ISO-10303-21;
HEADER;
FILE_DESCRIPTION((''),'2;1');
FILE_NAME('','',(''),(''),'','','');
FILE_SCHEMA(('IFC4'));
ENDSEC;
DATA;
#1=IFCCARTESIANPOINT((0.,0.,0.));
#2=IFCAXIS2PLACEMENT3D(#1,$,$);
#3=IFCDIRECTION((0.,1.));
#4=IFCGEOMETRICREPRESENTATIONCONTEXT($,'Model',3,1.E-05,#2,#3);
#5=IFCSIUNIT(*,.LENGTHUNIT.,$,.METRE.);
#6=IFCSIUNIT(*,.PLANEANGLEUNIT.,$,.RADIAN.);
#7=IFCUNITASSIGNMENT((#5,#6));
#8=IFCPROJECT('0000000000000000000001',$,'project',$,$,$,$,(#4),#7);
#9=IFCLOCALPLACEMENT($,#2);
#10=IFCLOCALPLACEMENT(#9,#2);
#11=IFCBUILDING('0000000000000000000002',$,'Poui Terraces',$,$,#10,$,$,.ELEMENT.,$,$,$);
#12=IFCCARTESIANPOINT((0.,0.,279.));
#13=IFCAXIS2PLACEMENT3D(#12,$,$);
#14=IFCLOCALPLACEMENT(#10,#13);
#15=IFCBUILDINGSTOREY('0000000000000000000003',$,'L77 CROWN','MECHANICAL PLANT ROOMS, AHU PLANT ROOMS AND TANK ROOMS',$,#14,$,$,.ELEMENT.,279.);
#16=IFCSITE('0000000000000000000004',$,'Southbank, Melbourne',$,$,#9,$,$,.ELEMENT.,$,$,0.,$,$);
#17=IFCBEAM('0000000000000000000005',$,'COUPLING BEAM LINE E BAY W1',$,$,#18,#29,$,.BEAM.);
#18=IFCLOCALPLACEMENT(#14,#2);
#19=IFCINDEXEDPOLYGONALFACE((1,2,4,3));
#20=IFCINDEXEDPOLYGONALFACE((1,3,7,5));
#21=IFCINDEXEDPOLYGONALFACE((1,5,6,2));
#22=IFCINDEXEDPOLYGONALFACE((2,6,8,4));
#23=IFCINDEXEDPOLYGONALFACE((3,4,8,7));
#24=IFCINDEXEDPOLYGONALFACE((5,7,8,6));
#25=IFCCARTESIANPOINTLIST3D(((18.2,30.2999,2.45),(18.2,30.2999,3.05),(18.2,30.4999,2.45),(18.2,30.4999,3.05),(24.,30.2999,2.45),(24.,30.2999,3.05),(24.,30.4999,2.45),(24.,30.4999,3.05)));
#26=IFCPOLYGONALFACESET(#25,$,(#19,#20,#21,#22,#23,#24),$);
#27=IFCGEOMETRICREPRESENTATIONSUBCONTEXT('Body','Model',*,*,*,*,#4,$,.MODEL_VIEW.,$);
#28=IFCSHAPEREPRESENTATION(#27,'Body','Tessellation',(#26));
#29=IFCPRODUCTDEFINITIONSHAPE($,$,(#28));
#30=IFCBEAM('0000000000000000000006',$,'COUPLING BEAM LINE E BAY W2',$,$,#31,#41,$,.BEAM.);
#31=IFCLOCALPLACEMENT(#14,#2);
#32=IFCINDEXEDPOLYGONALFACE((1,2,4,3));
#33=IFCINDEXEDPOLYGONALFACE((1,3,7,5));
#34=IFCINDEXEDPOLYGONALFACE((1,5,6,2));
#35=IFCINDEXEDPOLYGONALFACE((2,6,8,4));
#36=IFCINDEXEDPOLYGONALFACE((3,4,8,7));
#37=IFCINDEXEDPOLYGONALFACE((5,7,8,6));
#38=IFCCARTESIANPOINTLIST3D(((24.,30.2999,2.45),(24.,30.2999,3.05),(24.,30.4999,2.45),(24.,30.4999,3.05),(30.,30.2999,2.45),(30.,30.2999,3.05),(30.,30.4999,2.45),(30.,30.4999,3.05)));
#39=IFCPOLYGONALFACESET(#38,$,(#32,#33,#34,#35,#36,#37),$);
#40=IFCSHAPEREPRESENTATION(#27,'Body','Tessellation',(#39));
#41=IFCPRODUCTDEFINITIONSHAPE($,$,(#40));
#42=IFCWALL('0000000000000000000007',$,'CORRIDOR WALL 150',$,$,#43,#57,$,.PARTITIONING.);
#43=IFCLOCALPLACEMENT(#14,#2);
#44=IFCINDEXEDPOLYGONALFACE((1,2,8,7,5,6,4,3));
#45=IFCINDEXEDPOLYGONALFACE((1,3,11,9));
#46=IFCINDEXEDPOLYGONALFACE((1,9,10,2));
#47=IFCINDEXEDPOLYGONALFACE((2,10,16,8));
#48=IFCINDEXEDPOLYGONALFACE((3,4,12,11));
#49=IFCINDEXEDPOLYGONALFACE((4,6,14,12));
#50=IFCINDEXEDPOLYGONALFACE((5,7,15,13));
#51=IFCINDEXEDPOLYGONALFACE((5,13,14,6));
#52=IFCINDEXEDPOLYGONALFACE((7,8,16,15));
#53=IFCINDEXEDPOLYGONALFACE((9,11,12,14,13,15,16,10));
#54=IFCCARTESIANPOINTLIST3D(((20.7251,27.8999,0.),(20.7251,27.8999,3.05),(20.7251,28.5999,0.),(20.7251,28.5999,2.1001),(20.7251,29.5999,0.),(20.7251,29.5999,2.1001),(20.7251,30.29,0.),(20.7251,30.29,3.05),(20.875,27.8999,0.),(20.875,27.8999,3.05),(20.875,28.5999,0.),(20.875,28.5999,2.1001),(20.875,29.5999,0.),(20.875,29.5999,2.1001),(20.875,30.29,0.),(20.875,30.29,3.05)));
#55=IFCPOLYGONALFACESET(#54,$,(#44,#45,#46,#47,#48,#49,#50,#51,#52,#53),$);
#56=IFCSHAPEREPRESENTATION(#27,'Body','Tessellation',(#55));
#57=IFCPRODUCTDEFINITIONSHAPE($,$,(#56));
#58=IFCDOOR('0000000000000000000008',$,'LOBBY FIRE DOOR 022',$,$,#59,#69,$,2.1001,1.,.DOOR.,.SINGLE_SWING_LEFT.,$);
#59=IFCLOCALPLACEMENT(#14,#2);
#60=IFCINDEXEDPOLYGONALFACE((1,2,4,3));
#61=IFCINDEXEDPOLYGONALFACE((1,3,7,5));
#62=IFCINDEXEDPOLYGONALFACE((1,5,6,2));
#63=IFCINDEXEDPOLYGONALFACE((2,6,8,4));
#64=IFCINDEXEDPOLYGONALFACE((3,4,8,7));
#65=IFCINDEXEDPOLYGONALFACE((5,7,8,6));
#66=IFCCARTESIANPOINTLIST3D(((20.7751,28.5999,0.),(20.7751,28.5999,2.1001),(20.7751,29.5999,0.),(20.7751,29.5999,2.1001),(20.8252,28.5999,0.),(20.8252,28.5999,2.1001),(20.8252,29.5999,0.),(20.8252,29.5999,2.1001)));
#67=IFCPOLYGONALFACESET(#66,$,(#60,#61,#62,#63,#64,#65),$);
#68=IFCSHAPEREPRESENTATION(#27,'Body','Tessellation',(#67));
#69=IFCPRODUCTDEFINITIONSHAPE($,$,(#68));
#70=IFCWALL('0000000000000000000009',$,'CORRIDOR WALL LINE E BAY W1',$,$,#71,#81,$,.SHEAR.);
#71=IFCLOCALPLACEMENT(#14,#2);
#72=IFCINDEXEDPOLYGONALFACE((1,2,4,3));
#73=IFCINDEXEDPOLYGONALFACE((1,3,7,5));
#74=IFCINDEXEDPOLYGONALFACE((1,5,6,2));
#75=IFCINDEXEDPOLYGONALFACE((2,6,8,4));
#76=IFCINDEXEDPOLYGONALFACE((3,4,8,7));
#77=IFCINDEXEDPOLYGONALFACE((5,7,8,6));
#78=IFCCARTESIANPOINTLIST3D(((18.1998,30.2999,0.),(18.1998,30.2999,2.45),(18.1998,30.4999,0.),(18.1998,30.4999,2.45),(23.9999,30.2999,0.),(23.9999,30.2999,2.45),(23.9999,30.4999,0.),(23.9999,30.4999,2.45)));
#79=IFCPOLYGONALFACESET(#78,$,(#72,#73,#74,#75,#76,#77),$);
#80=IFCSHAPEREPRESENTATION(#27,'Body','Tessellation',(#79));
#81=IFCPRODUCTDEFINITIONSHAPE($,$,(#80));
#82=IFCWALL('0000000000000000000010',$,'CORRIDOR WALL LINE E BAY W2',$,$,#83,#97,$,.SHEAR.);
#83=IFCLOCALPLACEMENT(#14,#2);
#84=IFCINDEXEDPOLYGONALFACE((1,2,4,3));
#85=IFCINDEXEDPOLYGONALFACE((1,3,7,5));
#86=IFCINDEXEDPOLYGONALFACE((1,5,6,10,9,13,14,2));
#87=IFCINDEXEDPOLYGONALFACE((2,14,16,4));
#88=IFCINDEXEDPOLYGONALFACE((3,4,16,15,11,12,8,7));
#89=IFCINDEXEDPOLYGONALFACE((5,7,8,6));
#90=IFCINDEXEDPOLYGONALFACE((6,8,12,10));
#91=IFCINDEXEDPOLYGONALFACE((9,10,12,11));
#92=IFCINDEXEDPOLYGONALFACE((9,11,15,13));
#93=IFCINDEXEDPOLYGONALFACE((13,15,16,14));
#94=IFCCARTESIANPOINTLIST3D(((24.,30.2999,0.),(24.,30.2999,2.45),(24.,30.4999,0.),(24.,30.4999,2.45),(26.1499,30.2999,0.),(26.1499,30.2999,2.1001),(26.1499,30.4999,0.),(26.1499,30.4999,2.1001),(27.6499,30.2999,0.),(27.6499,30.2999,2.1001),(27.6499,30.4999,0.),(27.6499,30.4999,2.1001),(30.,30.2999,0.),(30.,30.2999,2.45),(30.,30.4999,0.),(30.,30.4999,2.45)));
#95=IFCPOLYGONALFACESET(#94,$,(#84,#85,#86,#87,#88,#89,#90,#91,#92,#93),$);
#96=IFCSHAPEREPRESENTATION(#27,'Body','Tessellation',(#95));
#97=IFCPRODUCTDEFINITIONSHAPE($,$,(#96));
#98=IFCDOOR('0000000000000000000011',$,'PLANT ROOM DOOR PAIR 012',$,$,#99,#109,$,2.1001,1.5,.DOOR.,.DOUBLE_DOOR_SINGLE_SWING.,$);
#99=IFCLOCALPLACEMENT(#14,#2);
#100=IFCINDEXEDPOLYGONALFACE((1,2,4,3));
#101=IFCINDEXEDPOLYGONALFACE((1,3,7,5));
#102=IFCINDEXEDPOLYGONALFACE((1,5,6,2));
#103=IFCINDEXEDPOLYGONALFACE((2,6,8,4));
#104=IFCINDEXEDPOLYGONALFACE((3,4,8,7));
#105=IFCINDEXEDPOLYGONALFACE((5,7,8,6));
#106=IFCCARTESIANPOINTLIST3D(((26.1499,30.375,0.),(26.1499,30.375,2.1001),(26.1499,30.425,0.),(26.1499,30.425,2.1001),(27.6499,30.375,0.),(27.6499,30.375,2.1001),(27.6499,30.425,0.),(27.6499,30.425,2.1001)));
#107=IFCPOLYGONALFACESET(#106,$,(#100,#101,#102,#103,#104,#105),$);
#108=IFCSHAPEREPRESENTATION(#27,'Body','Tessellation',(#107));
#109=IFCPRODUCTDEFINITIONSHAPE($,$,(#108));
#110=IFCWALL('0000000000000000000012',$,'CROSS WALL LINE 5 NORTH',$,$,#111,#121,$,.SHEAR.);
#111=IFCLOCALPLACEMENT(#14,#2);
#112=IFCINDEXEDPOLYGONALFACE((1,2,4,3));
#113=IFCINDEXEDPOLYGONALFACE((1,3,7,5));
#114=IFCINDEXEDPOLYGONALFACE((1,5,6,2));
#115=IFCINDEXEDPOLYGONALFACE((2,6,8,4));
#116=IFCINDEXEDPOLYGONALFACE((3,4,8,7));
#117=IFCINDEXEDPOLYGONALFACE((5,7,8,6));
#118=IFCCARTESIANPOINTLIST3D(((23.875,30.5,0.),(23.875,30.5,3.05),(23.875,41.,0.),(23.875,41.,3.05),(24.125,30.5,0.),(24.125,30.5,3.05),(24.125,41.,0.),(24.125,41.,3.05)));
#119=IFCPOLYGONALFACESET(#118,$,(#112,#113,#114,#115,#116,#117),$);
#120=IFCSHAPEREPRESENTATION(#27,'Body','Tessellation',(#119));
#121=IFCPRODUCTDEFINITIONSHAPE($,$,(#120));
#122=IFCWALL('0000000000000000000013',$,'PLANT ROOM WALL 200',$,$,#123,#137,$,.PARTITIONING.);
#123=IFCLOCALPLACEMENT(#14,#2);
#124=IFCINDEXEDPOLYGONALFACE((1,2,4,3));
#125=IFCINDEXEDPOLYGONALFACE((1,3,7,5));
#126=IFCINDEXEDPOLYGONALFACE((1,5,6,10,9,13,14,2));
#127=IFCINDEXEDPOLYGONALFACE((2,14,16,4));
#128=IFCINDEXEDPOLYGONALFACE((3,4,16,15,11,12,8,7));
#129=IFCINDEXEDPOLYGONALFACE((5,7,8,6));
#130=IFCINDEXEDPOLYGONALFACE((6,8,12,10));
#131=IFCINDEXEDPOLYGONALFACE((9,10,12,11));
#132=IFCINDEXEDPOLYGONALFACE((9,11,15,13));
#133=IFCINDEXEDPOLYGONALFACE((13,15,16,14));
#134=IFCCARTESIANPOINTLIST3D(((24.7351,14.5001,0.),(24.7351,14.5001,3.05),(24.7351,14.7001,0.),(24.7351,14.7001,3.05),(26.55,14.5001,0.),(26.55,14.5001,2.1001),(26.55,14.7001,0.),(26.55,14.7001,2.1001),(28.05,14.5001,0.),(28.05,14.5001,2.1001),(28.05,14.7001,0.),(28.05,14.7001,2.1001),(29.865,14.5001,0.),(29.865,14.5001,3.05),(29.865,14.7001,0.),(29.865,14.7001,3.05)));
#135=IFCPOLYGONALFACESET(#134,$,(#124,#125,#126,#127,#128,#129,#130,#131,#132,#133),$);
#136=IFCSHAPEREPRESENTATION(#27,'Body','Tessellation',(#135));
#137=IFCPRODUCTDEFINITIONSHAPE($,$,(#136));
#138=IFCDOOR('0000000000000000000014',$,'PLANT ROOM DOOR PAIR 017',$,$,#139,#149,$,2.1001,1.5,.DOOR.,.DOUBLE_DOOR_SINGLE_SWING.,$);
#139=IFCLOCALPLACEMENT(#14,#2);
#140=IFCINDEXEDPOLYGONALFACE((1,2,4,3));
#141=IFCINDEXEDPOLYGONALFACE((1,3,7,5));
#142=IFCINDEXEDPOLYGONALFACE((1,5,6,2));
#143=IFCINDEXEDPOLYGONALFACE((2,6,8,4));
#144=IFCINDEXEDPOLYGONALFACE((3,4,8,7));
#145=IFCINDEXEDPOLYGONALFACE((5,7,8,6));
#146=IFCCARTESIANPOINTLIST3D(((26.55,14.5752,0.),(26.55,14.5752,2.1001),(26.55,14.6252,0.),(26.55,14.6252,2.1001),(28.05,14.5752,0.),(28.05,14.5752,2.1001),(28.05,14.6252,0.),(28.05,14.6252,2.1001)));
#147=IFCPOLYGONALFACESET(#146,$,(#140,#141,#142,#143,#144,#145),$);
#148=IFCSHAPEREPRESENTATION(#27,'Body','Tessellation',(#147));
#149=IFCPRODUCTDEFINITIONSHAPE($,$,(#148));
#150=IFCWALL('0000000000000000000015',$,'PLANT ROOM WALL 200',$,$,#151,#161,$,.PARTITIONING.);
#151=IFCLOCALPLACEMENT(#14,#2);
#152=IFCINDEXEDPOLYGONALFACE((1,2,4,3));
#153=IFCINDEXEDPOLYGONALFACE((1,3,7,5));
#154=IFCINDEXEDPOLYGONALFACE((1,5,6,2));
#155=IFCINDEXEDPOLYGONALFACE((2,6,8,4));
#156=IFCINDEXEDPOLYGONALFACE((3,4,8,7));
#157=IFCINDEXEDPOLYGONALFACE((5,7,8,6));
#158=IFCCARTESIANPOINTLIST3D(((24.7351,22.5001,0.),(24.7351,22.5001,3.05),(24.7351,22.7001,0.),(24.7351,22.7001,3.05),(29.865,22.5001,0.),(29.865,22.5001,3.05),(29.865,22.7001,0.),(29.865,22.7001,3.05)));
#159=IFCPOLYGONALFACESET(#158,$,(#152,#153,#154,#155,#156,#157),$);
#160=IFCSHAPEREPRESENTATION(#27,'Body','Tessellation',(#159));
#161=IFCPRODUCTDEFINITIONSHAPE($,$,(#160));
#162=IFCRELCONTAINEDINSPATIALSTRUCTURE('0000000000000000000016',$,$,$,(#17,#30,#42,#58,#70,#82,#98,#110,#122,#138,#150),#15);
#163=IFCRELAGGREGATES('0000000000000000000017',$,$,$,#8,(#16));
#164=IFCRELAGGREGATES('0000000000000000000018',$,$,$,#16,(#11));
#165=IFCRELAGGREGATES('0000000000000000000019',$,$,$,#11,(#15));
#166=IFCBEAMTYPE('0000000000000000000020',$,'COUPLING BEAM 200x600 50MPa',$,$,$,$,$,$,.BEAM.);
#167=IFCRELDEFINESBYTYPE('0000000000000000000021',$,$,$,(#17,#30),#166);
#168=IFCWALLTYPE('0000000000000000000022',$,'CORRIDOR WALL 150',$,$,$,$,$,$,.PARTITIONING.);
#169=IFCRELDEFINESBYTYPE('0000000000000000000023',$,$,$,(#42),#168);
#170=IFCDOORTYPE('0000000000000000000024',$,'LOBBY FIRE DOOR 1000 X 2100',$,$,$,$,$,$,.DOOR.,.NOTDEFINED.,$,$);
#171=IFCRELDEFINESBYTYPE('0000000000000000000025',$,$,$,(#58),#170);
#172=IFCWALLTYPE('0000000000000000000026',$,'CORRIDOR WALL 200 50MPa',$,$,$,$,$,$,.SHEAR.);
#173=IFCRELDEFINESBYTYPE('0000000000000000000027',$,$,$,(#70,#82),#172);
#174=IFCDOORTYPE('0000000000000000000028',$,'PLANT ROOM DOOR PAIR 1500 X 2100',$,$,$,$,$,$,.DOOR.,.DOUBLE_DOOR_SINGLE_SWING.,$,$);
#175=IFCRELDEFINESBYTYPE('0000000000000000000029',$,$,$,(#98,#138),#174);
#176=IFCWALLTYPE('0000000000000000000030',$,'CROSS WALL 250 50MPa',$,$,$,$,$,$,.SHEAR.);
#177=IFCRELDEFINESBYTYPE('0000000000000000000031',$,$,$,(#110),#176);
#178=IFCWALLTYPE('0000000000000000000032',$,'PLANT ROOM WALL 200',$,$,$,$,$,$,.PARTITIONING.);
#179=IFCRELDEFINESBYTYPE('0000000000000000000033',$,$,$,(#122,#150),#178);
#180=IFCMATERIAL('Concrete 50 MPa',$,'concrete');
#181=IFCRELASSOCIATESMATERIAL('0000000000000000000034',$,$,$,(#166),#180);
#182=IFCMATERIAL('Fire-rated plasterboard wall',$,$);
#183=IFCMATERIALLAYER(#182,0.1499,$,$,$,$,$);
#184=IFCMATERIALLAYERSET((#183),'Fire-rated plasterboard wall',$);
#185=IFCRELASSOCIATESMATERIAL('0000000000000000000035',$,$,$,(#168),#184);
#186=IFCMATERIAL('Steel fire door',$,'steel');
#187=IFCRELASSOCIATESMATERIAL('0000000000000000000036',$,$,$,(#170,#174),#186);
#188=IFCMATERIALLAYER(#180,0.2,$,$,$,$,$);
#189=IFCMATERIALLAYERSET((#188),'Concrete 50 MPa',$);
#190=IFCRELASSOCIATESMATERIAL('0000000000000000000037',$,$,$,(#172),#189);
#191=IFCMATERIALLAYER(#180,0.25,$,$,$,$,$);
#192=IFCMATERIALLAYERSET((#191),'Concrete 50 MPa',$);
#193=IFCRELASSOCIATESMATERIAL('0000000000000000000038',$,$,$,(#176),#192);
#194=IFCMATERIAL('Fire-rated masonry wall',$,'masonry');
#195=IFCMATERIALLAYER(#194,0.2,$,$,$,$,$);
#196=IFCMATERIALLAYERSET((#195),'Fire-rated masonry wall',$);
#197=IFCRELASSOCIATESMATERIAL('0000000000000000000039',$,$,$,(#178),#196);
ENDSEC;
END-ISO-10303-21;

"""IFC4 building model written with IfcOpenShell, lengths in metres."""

from ifc_helpers import new_model, si_unit, direction, frame, frame_2d, origin, origin_2d, place, context, subcontext, project, spatial, rectangle, extrude, source, transform, mapped, material, layer, layer_set, material_profile, profile_set, type_object, element, fill, save


model = new_model("IFC4")

# Units and contexts
model_context = context("Model", 3, precision=1e-05, world=origin(), true_north=direction((0.0, 1.0)))
body_context = subcontext(model_context, "Body", "Model", "MODEL_VIEW")
ifc_project = project(units=[si_unit("LENGTHUNIT", "METRE"), si_unit("PLANEANGLEUNIT", "RADIAN")], contexts=[model_context])

# Site, building, storey
site_placement = place(None, origin())
site = spatial("IfcSite", under=ifc_project, at=site_placement, Name="Southbank, Melbourne", CompositionType="ELEMENT", RefElevation=0.0)
building_placement = place(site_placement, origin())
building = spatial("IfcBuilding", under=site, at=building_placement, Name="Poui Terraces", CompositionType="ELEMENT")
storey_placement = place(building_placement, frame((0.0, 0.0, 279.0)))
storey = spatial("IfcBuildingStorey", under=building, at=storey_placement, Name="L77 CROWN", Description="MECHANICAL PLANT ROOMS, AHU PLANT ROOMS AND TANK ROOMS", CompositionType="ELEMENT", Elevation=279.0)

# Beams
ifc_material_1 = material(Name="Concrete 50 MPa", Category="concrete")
ifc_material_profile_1 = material_profile(ifc_material_1, rectangle(XDim=0.2, YDim=0.6001, at=origin_2d()), Name="RC 200x600")
ifc_profile_set_1 = profile_set([ifc_material_profile_1], Name="Concrete 50 MPa")
beam_type = type_object("IfcBeamType", Name="COUPLING BEAM 200x600 50MPa", PredefinedType="BEAM", material=ifc_profile_set_1)
shared_shape_1 = source(origin(), body_context, "Body", "SweptSolid", [
    extrude(rectangle(XDim=0.2, YDim=0.6001, at=origin_2d()), origin(), (0.0, 0.0, 1.0), 5.8),
])
beam_1_placement = place(storey_placement, frame((18.2, 30.3999, 2.75), z_axis=(1.0, 0.0, 0.0), x_axis=(0.0, 1.0, 0.0)))
element("IfcBeam", 1, at=beam_1_placement, inside=storey, type_object=beam_type, Name="COUPLING BEAM LINE E BAY W1", PredefinedType="BEAM", context=body_context, shape_type="MappedRepresentation", body=[
    mapped(shared_shape_1, transform((0.0, 0.0, 0.0))),
])
shared_shape_2 = source(origin(), body_context, "Body", "SweptSolid", [
    extrude(rectangle(XDim=0.2, YDim=0.6001, at=origin_2d()), origin(), (0.0, 0.0, 1.0), 6.0),
])
beam_2_placement = place(storey_placement, frame((24.0, 30.3999, 2.75), z_axis=(1.0, 0.0, 0.0), x_axis=(0.0, 1.0, 0.0)))
element("IfcBeam", 2, at=beam_2_placement, inside=storey, type_object=beam_type, Name="COUPLING BEAM LINE E BAY W2", PredefinedType="BEAM", context=body_context, shape_type="MappedRepresentation", body=[
    mapped(shared_shape_2, transform((0.0, 0.0, 0.0))),
])

# Wall, opening, door
ifc_material_2 = material(Name="Fire-rated plasterboard wall")
ifc_layer_1 = layer(ifc_material_2, 0.1499)
ifc_layer_set_1 = layer_set([ifc_layer_1], Name="Fire-rated plasterboard wall")
wall_type_1 = type_object("IfcWallType", Name="CORRIDOR WALL 150", PredefinedType="PARTITIONING", material=ifc_layer_set_1)
wall_1_placement = place(storey_placement, frame((20.8, 27.8999, 0.0), z_axis=(0.0, 0.0, 1.0), x_axis=(0.0, 1.0, 0.0)))
wall_1 = element("IfcWall", 3, at=wall_1_placement, inside=storey, type_object=wall_type_1, Name="CORRIDOR WALL 150", PredefinedType="PARTITIONING", context=body_context, shape_type="SweptSolid", body=[
    extrude(rectangle(XDim=2.3901, YDim=0.1499, at=frame_2d((1.1951, 0.0))), origin(), (0.0, 0.0, 1.0), 3.05),
])
opening_1_placement = place(wall_1_placement, frame((0.7, 0.0, 0.0)))
opening_1 = element("IfcOpeningElement", 4, at=opening_1_placement, cuts=wall_1, PredefinedType="OPENING", context=body_context, shape_type="SweptSolid", body=[
    extrude(rectangle(XDim=1.0, YDim=2.1001, at=frame_2d((0.5, 1.05))), frame((0.0, 0.085, 0.0), z_axis=(0.0, -1.0, 0.0), x_axis=(1.0, 0.0, 0.0)), (0.0, 0.0, 1.0), 0.1699),
])
ifc_material_3 = material(Name="Steel fire door", Category="steel")
door_type_1 = type_object("IfcDoorType", Name="LOBBY FIRE DOOR 1000 X 2100", OperationType="NOTDEFINED", PredefinedType="DOOR", material=ifc_material_3)
door_1_placement = place(opening_1_placement, origin())
door_1 = element("IfcDoor", 5, at=door_1_placement, inside=storey, type_object=door_type_1, Name="LOBBY FIRE DOOR 022", OperationType="SINGLE_SWING_LEFT", OverallHeight=2.1001, OverallWidth=1.0, PredefinedType="DOOR", context=body_context, shape_type="SweptSolid", body=[
    extrude(rectangle(XDim=1.0, YDim=2.1001, at=frame_2d((0.5, 1.05))), frame((0.0, 0.0249, 0.0), z_axis=(0.0, -1.0, 0.0), x_axis=(1.0, 0.0, 0.0)), (0.0, 0.0, 1.0), 0.05),
])
fill(opening_1, door_1)

# Wall
ifc_layer_2 = layer(ifc_material_1, 0.2)
ifc_layer_set_2 = layer_set([ifc_layer_2], Name="Concrete 50 MPa")
wall_type_2 = type_object("IfcWallType", Name="CORRIDOR WALL 200 50MPa", PredefinedType="SHEAR", material=ifc_layer_set_2)
wall_2_placement = place(storey_placement, frame((18.2, 30.3999, 0.0), z_axis=(0.0, 0.0, 1.0), x_axis=(1.0, 0.0, 0.0)))
element("IfcWall", 6, at=wall_2_placement, inside=storey, type_object=wall_type_2, Name="CORRIDOR WALL LINE E BAY W1", PredefinedType="SHEAR", context=body_context, shape_type="SweptSolid", body=[
    extrude(rectangle(XDim=5.8, YDim=0.2, at=frame_2d((2.8999, 0.0))), origin(), (0.0, 0.0, 1.0), 2.45),
])

# Wall, opening, door
wall_3_placement = place(storey_placement, frame((24.0, 30.3999, 0.0), z_axis=(0.0, 0.0, 1.0), x_axis=(1.0, 0.0, 0.0)))
wall_3 = element("IfcWall", 7, at=wall_3_placement, inside=storey, type_object=wall_type_2, Name="CORRIDOR WALL LINE E BAY W2", PredefinedType="SHEAR", context=body_context, shape_type="SweptSolid", body=[
    extrude(rectangle(XDim=6.0, YDim=0.2, at=frame_2d((3.0, 0.0))), origin(), (0.0, 0.0, 1.0), 2.45),
])
opening_2_placement = place(wall_3_placement, frame((2.1499, 0.0, 0.0)))
opening_2 = element("IfcOpeningElement", 8, at=opening_2_placement, cuts=wall_3, PredefinedType="OPENING", context=body_context, shape_type="SweptSolid", body=[
    extrude(rectangle(XDim=1.5, YDim=2.1001, at=frame_2d((0.75, 1.05))), frame((0.0, 0.1099, 0.0), z_axis=(0.0, -1.0, 0.0), x_axis=(1.0, 0.0, 0.0)), (0.0, 0.0, 1.0), 0.22),
])
door_type_2 = type_object("IfcDoorType", Name="PLANT ROOM DOOR PAIR 1500 X 2100", OperationType="DOUBLE_DOOR_SINGLE_SWING", PredefinedType="DOOR", material=ifc_material_3)
door_2_placement = place(opening_2_placement, frame((1.5, 0.0, 0.0), z_axis=(0.0, 0.0, 1.0), x_axis=(-1.0, 0.0, 0.0)))
door_2 = element("IfcDoor", 9, at=door_2_placement, inside=storey, type_object=door_type_2, Name="PLANT ROOM DOOR PAIR 012", OperationType="DOUBLE_DOOR_SINGLE_SWING", OverallHeight=2.1001, OverallWidth=1.5, PredefinedType="DOOR", context=body_context, shape_type="SweptSolid", body=[
    extrude(rectangle(XDim=1.5, YDim=2.1001, at=frame_2d((0.75, 1.05))), frame((0.0, 0.0249, 0.0), z_axis=(0.0, -1.0, 0.0), x_axis=(1.0, 0.0, 0.0)), (0.0, 0.0, 1.0), 0.05),
])
fill(opening_2, door_2)

# Wall
ifc_layer_3 = layer(ifc_material_1, 0.25)
ifc_layer_set_3 = layer_set([ifc_layer_3], Name="Concrete 50 MPa")
wall_type_3 = type_object("IfcWallType", Name="CROSS WALL 250 50MPa", PredefinedType="SHEAR", material=ifc_layer_set_3)
wall_4_placement = place(storey_placement, frame((24.0, 30.5, 0.0), z_axis=(0.0, 0.0, 1.0), x_axis=(0.0, 1.0, 0.0)))
element("IfcWall", 10, at=wall_4_placement, inside=storey, type_object=wall_type_3, Name="CROSS WALL LINE 5 NORTH", PredefinedType="SHEAR", context=body_context, shape_type="SweptSolid", body=[
    extrude(rectangle(XDim=10.5, YDim=0.25, at=frame_2d((5.25, 0.0))), origin(), (0.0, 0.0, 1.0), 3.05),
])

# Wall, opening, door
ifc_material_4 = material(Name="Fire-rated masonry wall", Category="masonry")
ifc_layer_4 = layer(ifc_material_4, 0.2)
ifc_layer_set_4 = layer_set([ifc_layer_4], Name="Fire-rated masonry wall")
wall_type_4 = type_object("IfcWallType", Name="PLANT ROOM WALL 200", PredefinedType="PARTITIONING", material=ifc_layer_set_4)
wall_5_placement = place(storey_placement, frame((24.7351, 14.6001, 0.0), z_axis=(0.0, 0.0, 1.0), x_axis=(1.0, 0.0, 0.0)))
wall_5 = element("IfcWall", 11, at=wall_5_placement, inside=storey, type_object=wall_type_4, Name="PLANT ROOM WALL 200", PredefinedType="PARTITIONING", context=body_context, shape_type="SweptSolid", body=[
    extrude(rectangle(XDim=5.1299, YDim=0.2, at=frame_2d((2.5649, 0.0))), origin(), (0.0, 0.0, 1.0), 3.05),
])
opening_3_placement = place(wall_5_placement, frame((1.8149, 0.0, 0.0)))
opening_3 = element("IfcOpeningElement", 12, at=opening_3_placement, cuts=wall_5, PredefinedType="OPENING", context=body_context, shape_type="SweptSolid", body=[
    extrude(rectangle(XDim=1.5, YDim=2.1001, at=frame_2d((0.75, 1.05))), frame((0.0, 0.1099, 0.0), z_axis=(0.0, -1.0, 0.0), x_axis=(1.0, 0.0, 0.0)), (0.0, 0.0, 1.0), 0.22),
])
door_3_placement = place(opening_3_placement, frame((1.5, 0.0, 0.0), z_axis=(0.0, 0.0, 1.0), x_axis=(-1.0, 0.0, 0.0)))
door_3 = element("IfcDoor", 13, at=door_3_placement, inside=storey, type_object=door_type_2, Name="PLANT ROOM DOOR PAIR 017", OperationType="DOUBLE_DOOR_SINGLE_SWING", OverallHeight=2.1001, OverallWidth=1.5, PredefinedType="DOOR", context=body_context, shape_type="SweptSolid", body=[
    extrude(rectangle(XDim=1.5, YDim=2.1001, at=frame_2d((0.75, 1.05))), frame((0.0, 0.0249, 0.0), z_axis=(0.0, -1.0, 0.0), x_axis=(1.0, 0.0, 0.0)), (0.0, 0.0, 1.0), 0.05),
])
fill(opening_3, door_3)

# Wall
wall_6_placement = place(storey_placement, frame((24.7351, 22.6001, 0.0), z_axis=(0.0, 0.0, 1.0), x_axis=(1.0, 0.0, 0.0)))
element("IfcWall", 14, at=wall_6_placement, inside=storey, type_object=wall_type_4, Name="PLANT ROOM WALL 200", PredefinedType="PARTITIONING", context=body_context, shape_type="SweptSolid", body=[
    extrude(rectangle(XDim=5.1299, YDim=0.2, at=frame_2d((2.5649, 0.0))), origin(), (0.0, 0.0, 1.0), 3.05),
])

save(model, "model.ifc")
